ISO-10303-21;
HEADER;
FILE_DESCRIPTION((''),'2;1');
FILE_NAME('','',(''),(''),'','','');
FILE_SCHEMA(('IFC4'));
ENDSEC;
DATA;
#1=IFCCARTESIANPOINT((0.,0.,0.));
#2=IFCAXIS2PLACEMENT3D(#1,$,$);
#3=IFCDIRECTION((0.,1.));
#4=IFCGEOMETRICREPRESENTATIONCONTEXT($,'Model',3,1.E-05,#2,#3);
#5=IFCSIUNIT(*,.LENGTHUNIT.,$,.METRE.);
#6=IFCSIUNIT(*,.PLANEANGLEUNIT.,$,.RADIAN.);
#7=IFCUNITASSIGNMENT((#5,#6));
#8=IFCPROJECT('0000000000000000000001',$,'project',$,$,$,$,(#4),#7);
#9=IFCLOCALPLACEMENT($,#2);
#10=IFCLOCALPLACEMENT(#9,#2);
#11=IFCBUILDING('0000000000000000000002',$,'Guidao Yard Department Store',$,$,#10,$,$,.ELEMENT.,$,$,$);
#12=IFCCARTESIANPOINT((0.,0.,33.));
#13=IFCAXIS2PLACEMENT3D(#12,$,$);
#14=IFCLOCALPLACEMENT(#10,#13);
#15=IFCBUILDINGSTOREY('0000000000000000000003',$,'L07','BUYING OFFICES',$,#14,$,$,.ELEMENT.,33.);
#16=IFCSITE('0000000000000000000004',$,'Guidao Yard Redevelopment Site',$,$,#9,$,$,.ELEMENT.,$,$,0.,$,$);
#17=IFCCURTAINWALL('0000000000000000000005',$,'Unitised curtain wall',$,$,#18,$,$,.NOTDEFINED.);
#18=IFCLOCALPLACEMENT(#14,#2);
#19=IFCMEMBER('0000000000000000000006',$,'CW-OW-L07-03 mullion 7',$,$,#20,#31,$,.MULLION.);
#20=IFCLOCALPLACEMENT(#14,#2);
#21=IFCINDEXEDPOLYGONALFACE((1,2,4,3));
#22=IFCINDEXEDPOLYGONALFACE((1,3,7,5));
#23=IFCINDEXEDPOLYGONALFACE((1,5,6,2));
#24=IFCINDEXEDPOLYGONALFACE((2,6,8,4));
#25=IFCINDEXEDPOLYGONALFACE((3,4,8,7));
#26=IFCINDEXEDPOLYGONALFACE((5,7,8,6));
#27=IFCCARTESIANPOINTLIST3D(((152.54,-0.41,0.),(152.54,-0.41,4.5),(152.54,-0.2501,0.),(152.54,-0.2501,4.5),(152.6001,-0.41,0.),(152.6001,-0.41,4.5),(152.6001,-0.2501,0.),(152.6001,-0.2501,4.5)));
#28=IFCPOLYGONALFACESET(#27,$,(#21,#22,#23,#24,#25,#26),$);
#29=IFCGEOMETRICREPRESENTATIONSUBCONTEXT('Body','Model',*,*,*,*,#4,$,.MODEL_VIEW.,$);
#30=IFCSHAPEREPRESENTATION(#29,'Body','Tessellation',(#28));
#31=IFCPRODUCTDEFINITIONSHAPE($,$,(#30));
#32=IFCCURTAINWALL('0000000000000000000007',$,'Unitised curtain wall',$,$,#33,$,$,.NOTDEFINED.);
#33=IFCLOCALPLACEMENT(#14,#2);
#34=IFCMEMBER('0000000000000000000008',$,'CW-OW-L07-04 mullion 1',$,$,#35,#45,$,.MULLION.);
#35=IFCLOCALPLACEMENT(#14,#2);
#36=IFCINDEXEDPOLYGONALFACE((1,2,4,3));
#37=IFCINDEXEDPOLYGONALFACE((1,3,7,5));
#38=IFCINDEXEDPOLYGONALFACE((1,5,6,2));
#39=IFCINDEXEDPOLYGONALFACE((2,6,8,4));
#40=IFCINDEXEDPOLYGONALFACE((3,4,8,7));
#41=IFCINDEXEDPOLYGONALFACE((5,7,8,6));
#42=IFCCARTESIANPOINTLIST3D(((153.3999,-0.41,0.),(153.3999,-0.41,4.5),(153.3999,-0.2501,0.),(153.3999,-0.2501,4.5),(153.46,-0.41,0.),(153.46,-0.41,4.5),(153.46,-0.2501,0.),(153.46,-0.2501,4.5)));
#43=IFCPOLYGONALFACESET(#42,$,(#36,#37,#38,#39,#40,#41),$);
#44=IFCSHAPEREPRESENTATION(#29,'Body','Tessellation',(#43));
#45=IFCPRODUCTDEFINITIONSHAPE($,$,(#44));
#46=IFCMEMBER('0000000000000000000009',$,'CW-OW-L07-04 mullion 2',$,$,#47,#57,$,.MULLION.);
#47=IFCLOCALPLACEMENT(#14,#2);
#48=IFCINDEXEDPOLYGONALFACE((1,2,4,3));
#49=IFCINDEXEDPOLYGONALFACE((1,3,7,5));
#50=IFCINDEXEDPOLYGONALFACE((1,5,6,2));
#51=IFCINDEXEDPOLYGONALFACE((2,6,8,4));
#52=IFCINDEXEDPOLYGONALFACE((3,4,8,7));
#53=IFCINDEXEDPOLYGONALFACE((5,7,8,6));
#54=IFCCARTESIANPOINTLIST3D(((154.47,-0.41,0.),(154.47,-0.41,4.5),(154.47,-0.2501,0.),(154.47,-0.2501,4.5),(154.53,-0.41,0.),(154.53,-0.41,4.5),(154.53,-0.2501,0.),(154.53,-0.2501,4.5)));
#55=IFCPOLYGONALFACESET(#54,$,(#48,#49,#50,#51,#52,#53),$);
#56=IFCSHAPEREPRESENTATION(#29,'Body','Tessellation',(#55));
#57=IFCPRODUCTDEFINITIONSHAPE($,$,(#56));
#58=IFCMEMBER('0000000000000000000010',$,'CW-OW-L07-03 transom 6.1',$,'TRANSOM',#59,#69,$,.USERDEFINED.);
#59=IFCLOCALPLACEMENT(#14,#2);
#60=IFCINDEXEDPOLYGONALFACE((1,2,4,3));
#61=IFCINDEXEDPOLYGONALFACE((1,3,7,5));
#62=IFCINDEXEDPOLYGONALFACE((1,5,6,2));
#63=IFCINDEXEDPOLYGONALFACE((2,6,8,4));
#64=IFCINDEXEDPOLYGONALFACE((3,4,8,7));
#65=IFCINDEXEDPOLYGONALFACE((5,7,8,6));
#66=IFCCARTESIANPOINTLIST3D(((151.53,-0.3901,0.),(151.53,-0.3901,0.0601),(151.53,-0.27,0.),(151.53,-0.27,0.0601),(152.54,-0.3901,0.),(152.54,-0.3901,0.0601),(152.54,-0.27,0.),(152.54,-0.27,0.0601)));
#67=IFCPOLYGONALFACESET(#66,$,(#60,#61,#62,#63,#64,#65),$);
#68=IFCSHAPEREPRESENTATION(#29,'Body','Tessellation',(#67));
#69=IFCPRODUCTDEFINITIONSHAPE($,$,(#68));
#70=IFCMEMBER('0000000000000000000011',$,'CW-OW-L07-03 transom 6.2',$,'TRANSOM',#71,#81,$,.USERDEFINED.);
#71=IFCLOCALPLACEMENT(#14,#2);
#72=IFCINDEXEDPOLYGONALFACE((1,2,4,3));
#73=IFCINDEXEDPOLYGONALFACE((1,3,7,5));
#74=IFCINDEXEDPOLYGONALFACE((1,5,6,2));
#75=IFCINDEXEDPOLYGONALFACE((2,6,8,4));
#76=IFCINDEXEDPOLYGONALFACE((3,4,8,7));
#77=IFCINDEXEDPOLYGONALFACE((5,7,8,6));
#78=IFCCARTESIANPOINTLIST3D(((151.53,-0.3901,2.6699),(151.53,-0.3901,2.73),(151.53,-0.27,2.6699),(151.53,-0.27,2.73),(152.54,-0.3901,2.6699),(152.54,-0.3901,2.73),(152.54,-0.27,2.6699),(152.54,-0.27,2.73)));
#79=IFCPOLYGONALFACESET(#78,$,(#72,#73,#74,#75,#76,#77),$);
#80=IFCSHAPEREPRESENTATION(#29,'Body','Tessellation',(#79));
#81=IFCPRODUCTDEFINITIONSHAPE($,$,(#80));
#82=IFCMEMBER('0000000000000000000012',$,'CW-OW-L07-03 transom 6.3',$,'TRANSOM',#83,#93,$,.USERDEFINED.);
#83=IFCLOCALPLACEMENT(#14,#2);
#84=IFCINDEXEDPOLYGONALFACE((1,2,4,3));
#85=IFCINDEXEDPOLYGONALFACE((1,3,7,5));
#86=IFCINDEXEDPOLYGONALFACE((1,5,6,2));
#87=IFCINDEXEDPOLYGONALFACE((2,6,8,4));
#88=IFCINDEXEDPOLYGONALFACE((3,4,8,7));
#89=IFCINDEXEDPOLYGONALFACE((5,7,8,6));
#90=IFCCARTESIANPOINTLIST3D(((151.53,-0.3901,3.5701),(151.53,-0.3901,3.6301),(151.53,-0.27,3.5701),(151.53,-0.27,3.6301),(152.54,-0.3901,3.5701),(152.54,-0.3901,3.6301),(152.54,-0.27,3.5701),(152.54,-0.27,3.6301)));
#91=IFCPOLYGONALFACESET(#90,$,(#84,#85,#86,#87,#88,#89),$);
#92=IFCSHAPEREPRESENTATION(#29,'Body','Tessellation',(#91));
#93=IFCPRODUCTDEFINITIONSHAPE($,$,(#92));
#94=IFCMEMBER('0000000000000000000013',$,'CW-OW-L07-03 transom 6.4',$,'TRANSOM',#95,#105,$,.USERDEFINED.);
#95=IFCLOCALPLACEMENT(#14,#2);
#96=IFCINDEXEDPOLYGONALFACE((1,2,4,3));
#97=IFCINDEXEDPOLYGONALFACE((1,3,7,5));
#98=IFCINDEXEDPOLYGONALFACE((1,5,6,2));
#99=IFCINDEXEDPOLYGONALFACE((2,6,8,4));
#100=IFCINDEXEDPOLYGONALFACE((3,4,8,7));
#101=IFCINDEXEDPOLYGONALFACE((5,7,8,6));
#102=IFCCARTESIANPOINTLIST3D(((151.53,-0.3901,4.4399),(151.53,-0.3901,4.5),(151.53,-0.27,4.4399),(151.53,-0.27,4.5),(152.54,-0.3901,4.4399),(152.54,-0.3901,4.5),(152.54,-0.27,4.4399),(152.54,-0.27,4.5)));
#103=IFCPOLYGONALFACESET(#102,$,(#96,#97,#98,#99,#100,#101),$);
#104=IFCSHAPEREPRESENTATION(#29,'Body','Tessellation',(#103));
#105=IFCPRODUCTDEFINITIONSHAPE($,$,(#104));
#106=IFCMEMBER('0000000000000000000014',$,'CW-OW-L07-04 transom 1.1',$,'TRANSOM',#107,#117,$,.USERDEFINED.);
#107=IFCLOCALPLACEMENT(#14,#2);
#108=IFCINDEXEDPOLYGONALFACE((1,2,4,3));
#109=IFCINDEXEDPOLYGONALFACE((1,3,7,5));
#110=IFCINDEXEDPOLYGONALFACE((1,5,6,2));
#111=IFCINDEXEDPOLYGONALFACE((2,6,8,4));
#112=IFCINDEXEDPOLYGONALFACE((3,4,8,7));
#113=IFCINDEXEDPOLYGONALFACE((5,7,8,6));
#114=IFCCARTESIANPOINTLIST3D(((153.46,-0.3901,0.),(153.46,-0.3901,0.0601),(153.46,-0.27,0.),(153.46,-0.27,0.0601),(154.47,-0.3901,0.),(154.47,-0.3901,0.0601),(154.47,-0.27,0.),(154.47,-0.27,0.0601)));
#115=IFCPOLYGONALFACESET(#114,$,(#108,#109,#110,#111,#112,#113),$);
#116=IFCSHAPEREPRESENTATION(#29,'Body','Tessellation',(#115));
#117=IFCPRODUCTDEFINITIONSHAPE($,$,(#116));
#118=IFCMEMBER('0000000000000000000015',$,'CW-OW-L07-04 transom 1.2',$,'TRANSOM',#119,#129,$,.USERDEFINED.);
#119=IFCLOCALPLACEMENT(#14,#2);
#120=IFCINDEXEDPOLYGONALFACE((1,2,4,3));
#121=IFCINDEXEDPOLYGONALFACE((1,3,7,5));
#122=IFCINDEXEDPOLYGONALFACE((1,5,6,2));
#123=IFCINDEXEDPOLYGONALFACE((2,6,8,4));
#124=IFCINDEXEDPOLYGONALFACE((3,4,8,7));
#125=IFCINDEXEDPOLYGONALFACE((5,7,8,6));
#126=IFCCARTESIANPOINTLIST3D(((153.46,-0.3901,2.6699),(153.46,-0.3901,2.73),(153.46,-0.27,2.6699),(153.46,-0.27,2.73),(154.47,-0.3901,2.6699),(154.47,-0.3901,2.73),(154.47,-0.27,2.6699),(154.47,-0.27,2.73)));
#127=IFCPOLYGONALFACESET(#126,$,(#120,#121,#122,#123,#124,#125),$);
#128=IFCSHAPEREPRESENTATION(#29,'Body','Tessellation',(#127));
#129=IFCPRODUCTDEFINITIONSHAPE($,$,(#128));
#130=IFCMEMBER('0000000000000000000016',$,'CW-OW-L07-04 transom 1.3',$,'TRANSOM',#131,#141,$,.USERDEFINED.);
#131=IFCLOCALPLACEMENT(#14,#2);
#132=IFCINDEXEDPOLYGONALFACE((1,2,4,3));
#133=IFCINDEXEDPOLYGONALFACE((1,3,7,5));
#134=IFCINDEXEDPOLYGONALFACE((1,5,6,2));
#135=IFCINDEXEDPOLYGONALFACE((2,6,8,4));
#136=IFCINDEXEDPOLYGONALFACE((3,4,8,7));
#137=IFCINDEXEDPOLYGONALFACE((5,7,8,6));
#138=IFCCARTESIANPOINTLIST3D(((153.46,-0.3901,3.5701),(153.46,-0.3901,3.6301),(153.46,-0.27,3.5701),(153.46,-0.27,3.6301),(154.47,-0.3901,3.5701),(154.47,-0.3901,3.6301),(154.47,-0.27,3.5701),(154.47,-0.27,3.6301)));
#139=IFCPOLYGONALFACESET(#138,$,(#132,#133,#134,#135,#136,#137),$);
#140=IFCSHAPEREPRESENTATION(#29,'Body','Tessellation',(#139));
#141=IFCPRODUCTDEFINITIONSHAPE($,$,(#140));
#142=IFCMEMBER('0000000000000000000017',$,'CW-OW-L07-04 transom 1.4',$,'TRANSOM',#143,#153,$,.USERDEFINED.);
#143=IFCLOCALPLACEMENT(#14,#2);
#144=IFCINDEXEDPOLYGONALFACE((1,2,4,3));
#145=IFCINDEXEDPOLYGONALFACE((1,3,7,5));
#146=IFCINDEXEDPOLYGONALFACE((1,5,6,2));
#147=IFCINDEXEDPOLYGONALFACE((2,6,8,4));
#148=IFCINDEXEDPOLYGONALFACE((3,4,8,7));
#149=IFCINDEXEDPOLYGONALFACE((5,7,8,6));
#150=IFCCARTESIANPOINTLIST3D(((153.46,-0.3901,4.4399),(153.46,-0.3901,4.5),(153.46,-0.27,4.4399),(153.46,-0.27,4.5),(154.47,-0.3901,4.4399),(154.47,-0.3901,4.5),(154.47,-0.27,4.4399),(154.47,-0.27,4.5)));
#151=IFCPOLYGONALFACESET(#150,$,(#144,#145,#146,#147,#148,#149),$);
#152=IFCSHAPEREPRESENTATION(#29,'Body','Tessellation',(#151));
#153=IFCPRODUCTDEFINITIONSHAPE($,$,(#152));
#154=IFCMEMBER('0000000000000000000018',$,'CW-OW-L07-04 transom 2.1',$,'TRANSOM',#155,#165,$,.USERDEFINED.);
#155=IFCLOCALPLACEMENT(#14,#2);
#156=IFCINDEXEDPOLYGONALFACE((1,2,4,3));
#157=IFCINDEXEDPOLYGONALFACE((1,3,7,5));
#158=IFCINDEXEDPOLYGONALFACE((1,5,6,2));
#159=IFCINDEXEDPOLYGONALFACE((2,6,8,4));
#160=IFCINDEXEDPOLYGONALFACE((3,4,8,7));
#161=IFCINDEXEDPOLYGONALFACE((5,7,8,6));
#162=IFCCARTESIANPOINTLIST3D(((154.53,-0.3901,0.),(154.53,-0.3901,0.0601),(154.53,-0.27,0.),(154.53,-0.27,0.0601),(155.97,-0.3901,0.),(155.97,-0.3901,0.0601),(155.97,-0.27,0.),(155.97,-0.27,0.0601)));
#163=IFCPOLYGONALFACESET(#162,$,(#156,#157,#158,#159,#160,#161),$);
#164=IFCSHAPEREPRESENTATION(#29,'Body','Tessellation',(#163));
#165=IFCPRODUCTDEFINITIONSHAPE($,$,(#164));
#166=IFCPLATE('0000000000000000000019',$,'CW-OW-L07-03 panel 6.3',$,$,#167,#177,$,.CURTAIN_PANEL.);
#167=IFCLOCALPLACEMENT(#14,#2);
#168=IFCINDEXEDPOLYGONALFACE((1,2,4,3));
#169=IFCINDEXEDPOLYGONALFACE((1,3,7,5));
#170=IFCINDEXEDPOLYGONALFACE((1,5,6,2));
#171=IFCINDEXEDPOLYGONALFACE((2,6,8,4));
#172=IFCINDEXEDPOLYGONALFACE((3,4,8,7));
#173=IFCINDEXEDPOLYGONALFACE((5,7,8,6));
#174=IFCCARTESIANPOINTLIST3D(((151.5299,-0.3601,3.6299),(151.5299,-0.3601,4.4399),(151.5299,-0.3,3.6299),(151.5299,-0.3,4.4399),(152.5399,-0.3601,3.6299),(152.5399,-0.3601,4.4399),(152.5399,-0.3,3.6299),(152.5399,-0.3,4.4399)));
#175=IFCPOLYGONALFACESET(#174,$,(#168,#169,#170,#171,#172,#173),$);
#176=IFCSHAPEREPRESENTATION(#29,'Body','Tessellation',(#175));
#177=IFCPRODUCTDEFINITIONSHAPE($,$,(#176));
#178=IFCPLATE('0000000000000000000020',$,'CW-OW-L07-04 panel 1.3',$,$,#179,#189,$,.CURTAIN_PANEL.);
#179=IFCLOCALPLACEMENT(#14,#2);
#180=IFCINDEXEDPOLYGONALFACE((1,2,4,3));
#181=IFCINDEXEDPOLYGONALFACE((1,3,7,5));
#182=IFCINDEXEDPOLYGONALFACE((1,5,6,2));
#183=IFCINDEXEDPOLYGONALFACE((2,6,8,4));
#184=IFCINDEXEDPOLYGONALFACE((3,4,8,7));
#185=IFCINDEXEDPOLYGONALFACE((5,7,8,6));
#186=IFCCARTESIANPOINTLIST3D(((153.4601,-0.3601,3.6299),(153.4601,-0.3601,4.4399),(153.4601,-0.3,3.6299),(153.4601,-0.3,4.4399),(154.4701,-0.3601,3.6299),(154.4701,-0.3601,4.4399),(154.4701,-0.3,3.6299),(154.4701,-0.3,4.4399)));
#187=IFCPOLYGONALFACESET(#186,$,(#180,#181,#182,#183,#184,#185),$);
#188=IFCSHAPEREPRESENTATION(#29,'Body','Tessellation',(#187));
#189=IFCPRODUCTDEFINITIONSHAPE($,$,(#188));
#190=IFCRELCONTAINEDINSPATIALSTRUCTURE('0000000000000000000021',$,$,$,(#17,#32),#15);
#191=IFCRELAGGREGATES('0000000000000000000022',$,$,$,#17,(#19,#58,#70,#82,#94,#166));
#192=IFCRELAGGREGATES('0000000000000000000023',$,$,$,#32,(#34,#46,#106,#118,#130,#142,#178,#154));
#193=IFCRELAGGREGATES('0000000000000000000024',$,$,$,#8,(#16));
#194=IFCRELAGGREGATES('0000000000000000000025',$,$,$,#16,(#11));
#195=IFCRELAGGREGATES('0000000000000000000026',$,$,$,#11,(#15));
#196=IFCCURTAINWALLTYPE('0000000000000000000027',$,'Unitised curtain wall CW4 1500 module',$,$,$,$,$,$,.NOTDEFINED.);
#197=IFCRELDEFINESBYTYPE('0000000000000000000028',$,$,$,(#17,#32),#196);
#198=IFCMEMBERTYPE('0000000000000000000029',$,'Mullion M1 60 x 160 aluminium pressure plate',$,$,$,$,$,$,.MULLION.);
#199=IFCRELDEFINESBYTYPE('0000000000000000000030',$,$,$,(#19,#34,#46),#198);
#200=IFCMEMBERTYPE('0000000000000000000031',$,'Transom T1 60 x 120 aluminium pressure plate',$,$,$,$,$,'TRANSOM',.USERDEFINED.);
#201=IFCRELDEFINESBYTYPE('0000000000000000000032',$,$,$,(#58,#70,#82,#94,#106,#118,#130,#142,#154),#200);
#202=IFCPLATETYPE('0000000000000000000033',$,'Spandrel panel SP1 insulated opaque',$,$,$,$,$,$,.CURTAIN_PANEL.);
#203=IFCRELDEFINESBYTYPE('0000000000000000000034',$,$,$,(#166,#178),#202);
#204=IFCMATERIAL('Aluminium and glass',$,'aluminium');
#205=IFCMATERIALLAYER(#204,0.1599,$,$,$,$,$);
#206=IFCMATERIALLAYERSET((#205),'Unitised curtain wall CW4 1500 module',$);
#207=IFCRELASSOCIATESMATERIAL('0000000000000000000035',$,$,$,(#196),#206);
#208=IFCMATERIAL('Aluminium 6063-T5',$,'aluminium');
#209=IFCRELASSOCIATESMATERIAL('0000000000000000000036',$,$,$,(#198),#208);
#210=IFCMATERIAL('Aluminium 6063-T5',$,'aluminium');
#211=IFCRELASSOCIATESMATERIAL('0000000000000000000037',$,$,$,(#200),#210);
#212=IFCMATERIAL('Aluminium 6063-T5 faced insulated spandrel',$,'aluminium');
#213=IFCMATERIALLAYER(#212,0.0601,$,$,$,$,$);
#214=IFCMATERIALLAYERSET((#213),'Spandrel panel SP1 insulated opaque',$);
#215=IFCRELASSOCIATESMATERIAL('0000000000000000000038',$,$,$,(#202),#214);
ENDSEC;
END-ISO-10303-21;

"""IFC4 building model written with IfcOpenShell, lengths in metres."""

from ifc_helpers import new_model, si_unit, direction, frame, origin, origin_2d, place, context, subcontext, project, spatial, rectangle, extrude, material, layer, layer_set, material_profile, profile_set, type_object, element, aggregate, save


model = new_model("IFC4")

# Units and contexts
model_context = context("Model", 3, precision=1e-05, world=origin(), true_north=direction((0.0, 1.0)))
body_context = subcontext(model_context, "Body", "Model", "MODEL_VIEW")
ifc_project = project(units=[si_unit("LENGTHUNIT", "METRE"), si_unit("PLANEANGLEUNIT", "RADIAN")], contexts=[model_context])

# Site, building, storey
site_placement = place(None, origin())
site = spatial("IfcSite", under=ifc_project, at=site_placement, Name="Guidao Yard Redevelopment Site", CompositionType="ELEMENT", RefElevation=0.0)
building_placement = place(site_placement, origin())
building = spatial("IfcBuilding", under=site, at=building_placement, Name="Guidao Yard Department Store", CompositionType="ELEMENT")
storey_placement = place(building_placement, frame((0.0, 0.0, 33.0)))
storey = spatial("IfcBuildingStorey", under=building, at=storey_placement, Name="L07", Description="BUYING OFFICES", CompositionType="ELEMENT", Elevation=33.0)

# Curtain wall, member
ifc_material_1 = material(Name="Aluminium and glass", Category="aluminium")
ifc_layer_1 = layer(ifc_material_1, 0.1599)
ifc_layer_set_1 = layer_set([ifc_layer_1], Name="Unitised curtain wall CW4 1500 module")
curtain_wall_type = type_object("IfcCurtainWallType", Name="Unitised curtain wall CW4 1500 module", PredefinedType="NOTDEFINED", material=ifc_layer_set_1)
curtain_wall_1_placement = place(storey_placement, origin())
curtain_wall_1 = element("IfcCurtainWall", 1, at=curtain_wall_1_placement, inside=storey, type_object=curtain_wall_type, Name="Unitised curtain wall", PredefinedType="NOTDEFINED")
ifc_material_2 = material(Name="Aluminium 6063-T5", Category="aluminium")
ifc_material_profile_1 = material_profile(ifc_material_2, rectangle(XDim=0.0601, YDim=0.1599, at=origin_2d()), Name="Mullion M1 60 x 160 aluminium pressure plate")
ifc_profile_set_1 = profile_set([ifc_material_profile_1], Name="Aluminium 6063-T5")
member_type_1 = type_object("IfcMemberType", Name="Mullion M1 60 x 160 aluminium pressure plate", PredefinedType="MULLION", material=ifc_profile_set_1)
member_1_placement = place(storey_placement, frame((152.5701, -0.3301, 0.0), z_axis=(0.0, 0.0, 1.0), x_axis=(-1.0, 0.0, 0.0)))
member_1 = element("IfcMember", 2, at=member_1_placement, type_object=member_type_1, Name="CW-OW-L07-03 mullion 7", PredefinedType="MULLION", context=body_context, shape_type="SweptSolid", body=[
    extrude(rectangle(XDim=0.0601, YDim=0.1599, at=origin_2d()), origin(), (0.0, 0.0, 1.0), 4.5),
])

# Curtain wall, members
curtain_wall_2_placement = place(storey_placement, origin())
curtain_wall_2 = element("IfcCurtainWall", 3, at=curtain_wall_2_placement, inside=storey, type_object=curtain_wall_type, Name="Unitised curtain wall", PredefinedType="NOTDEFINED")
member_2_placement = place(storey_placement, frame((153.4299, -0.3301, 0.0), z_axis=(0.0, 0.0, 1.0), x_axis=(-1.0, 0.0, 0.0)))
member_2 = element("IfcMember", 4, at=member_2_placement, type_object=member_type_1, Name="CW-OW-L07-04 mullion 1", PredefinedType="MULLION", context=body_context, shape_type="SweptSolid", body=[
    extrude(rectangle(XDim=0.0601, YDim=0.1599, at=origin_2d()), origin(), (0.0, 0.0, 1.0), 4.5),
])
member_3_placement = place(storey_placement, frame((154.5, -0.3301, 0.0), z_axis=(0.0, 0.0, 1.0), x_axis=(-1.0, 0.0, 0.0)))
member_3 = element("IfcMember", 5, at=member_3_placement, type_object=member_type_1, Name="CW-OW-L07-04 mullion 2", PredefinedType="MULLION", context=body_context, shape_type="SweptSolid", body=[
    extrude(rectangle(XDim=0.0601, YDim=0.1599, at=origin_2d()), origin(), (0.0, 0.0, 1.0), 4.5),
])

# Members
ifc_material_3 = material(Name="Aluminium 6063-T5", Category="aluminium")
ifc_material_profile_2 = material_profile(ifc_material_3, rectangle(XDim=0.1201, YDim=0.0601, at=origin_2d()), Name="Transom T1 60 x 120 aluminium pressure plate")
ifc_profile_set_2 = profile_set([ifc_material_profile_2], Name="Aluminium 6063-T5")
member_type_2 = type_object("IfcMemberType", Name="Transom T1 60 x 120 aluminium pressure plate", ElementType="TRANSOM", PredefinedType="USERDEFINED", material=ifc_profile_set_2)
member_4_placement = place(storey_placement, frame((152.54, -0.3301, 0.03), z_axis=(-1.0, 0.0, 0.0), x_axis=(0.0, -1.0, 0.0)))
member_4 = element("IfcMember", 6, at=member_4_placement, type_object=member_type_2, Name="CW-OW-L07-03 transom 6.1", ObjectType="TRANSOM", PredefinedType="USERDEFINED", context=body_context, shape_type="SweptSolid", body=[
    extrude(rectangle(XDim=0.1201, YDim=0.0601, at=origin_2d()), origin(), (0.0, 0.0, 1.0), 1.01),
])
member_5_placement = place(storey_placement, frame((152.54, -0.3301, 2.7), z_axis=(-1.0, 0.0, 0.0), x_axis=(0.0, -1.0, 0.0)))
member_5 = element("IfcMember", 7, at=member_5_placement, type_object=member_type_2, Name="CW-OW-L07-03 transom 6.2", ObjectType="TRANSOM", PredefinedType="USERDEFINED", context=body_context, shape_type="SweptSolid", body=[
    extrude(rectangle(XDim=0.1201, YDim=0.0601, at=origin_2d()), origin(), (0.0, 0.0, 1.0), 1.01),
])
member_6_placement = place(storey_placement, frame((152.54, -0.3301, 3.6001), z_axis=(-1.0, 0.0, 0.0), x_axis=(0.0, -1.0, 0.0)))
member_6 = element("IfcMember", 8, at=member_6_placement, type_object=member_type_2, Name="CW-OW-L07-03 transom 6.3", ObjectType="TRANSOM", PredefinedType="USERDEFINED", context=body_context, shape_type="SweptSolid", body=[
    extrude(rectangle(XDim=0.1201, YDim=0.0601, at=origin_2d()), origin(), (0.0, 0.0, 1.0), 1.01),
])
member_7_placement = place(storey_placement, frame((152.54, -0.3301, 4.47), z_axis=(-1.0, 0.0, 0.0), x_axis=(0.0, -1.0, 0.0)))
member_7 = element("IfcMember", 9, at=member_7_placement, type_object=member_type_2, Name="CW-OW-L07-03 transom 6.4", ObjectType="TRANSOM", PredefinedType="USERDEFINED", context=body_context, shape_type="SweptSolid", body=[
    extrude(rectangle(XDim=0.1201, YDim=0.0601, at=origin_2d()), origin(), (0.0, 0.0, 1.0), 1.01),
])
member_8_placement = place(storey_placement, frame((154.47, -0.3301, 0.03), z_axis=(-1.0, 0.0, 0.0), x_axis=(0.0, -1.0, 0.0)))
member_8 = element("IfcMember", 10, at=member_8_placement, type_object=member_type_2, Name="CW-OW-L07-04 transom 1.1", ObjectType="TRANSOM", PredefinedType="USERDEFINED", context=body_context, shape_type="SweptSolid", body=[
    extrude(rectangle(XDim=0.1201, YDim=0.0601, at=origin_2d()), origin(), (0.0, 0.0, 1.0), 1.01),
])
member_9_placement = place(storey_placement, frame((154.47, -0.3301, 2.7), z_axis=(-1.0, 0.0, 0.0), x_axis=(0.0, -1.0, 0.0)))
member_9 = element("IfcMember", 11, at=member_9_placement, type_object=member_type_2, Name="CW-OW-L07-04 transom 1.2", ObjectType="TRANSOM", PredefinedType="USERDEFINED", context=body_context, shape_type="SweptSolid", body=[
    extrude(rectangle(XDim=0.1201, YDim=0.0601, at=origin_2d()), origin(), (0.0, 0.0, 1.0), 1.01),
])
member_10_placement = place(storey_placement, frame((154.47, -0.3301, 3.6001), z_axis=(-1.0, 0.0, 0.0), x_axis=(0.0, -1.0, 0.0)))
member_10 = element("IfcMember", 12, at=member_10_placement, type_object=member_type_2, Name="CW-OW-L07-04 transom 1.3", ObjectType="TRANSOM", PredefinedType="USERDEFINED", context=body_context, shape_type="SweptSolid", body=[
    extrude(rectangle(XDim=0.1201, YDim=0.0601, at=origin_2d()), origin(), (0.0, 0.0, 1.0), 1.01),
])
member_11_placement = place(storey_placement, frame((154.47, -0.3301, 4.47), z_axis=(-1.0, 0.0, 0.0), x_axis=(0.0, -1.0, 0.0)))
member_11 = element("IfcMember", 13, at=member_11_placement, type_object=member_type_2, Name="CW-OW-L07-04 transom 1.4", ObjectType="TRANSOM", PredefinedType="USERDEFINED", context=body_context, shape_type="SweptSolid", body=[
    extrude(rectangle(XDim=0.1201, YDim=0.0601, at=origin_2d()), origin(), (0.0, 0.0, 1.0), 1.01),
])
member_12_placement = place(storey_placement, frame((155.97, -0.3301, 0.03), z_axis=(-1.0, 0.0, 0.0), x_axis=(0.0, -1.0, 0.0)))
member_12 = element("IfcMember", 14, at=member_12_placement, type_object=member_type_2, Name="CW-OW-L07-04 transom 2.1", ObjectType="TRANSOM", PredefinedType="USERDEFINED", context=body_context, shape_type="SweptSolid", body=[
    extrude(rectangle(XDim=0.1201, YDim=0.0601, at=origin_2d()), origin(), (0.0, 0.0, 1.0), 1.4399),
])

# Plates
ifc_material_4 = material(Name="Aluminium 6063-T5 faced insulated spandrel", Category="aluminium")
ifc_layer_2 = layer(ifc_material_4, 0.0601)
ifc_layer_set_2 = layer_set([ifc_layer_2], Name="Spandrel panel SP1 insulated opaque")
plate_type_1 = type_object("IfcPlateType", Name="Spandrel panel SP1 insulated opaque", PredefinedType="CURTAIN_PANEL", material=ifc_layer_set_2)
plate_1_placement = place(storey_placement, frame((152.0349, -0.3301, 3.6299), z_axis=(0.0, 0.0, 1.0), x_axis=(-1.0, 0.0, 0.0)))
plate_1 = element("IfcPlate", 15, at=plate_1_placement, type_object=plate_type_1, Name="CW-OW-L07-03 panel 6.3", PredefinedType="CURTAIN_PANEL", context=body_context, shape_type="SweptSolid", body=[
    extrude(rectangle(XDim=1.01, YDim=0.0601, at=origin_2d()), origin(), (0.0, 0.0, 1.0), 0.8101),
])
plate_2_placement = place(storey_placement, frame((153.9651, -0.3301, 3.6299), z_axis=(0.0, 0.0, 1.0), x_axis=(-1.0, 0.0, 0.0)))
plate_2 = element("IfcPlate", 16, at=plate_2_placement, type_object=plate_type_1, Name="CW-OW-L07-04 panel 1.3", PredefinedType="CURTAIN_PANEL", context=body_context, shape_type="SweptSolid", body=[
    extrude(rectangle(XDim=1.01, YDim=0.0601, at=origin_2d()), origin(), (0.0, 0.0, 1.0), 0.8101),
])
aggregate(curtain_wall_1, [member_1, member_4, member_5, member_6, member_7, plate_1])
aggregate(curtain_wall_2, [member_2, member_3, member_8, member_9, member_10, member_11, plate_2, member_12])

save(model, "model.ifc")
